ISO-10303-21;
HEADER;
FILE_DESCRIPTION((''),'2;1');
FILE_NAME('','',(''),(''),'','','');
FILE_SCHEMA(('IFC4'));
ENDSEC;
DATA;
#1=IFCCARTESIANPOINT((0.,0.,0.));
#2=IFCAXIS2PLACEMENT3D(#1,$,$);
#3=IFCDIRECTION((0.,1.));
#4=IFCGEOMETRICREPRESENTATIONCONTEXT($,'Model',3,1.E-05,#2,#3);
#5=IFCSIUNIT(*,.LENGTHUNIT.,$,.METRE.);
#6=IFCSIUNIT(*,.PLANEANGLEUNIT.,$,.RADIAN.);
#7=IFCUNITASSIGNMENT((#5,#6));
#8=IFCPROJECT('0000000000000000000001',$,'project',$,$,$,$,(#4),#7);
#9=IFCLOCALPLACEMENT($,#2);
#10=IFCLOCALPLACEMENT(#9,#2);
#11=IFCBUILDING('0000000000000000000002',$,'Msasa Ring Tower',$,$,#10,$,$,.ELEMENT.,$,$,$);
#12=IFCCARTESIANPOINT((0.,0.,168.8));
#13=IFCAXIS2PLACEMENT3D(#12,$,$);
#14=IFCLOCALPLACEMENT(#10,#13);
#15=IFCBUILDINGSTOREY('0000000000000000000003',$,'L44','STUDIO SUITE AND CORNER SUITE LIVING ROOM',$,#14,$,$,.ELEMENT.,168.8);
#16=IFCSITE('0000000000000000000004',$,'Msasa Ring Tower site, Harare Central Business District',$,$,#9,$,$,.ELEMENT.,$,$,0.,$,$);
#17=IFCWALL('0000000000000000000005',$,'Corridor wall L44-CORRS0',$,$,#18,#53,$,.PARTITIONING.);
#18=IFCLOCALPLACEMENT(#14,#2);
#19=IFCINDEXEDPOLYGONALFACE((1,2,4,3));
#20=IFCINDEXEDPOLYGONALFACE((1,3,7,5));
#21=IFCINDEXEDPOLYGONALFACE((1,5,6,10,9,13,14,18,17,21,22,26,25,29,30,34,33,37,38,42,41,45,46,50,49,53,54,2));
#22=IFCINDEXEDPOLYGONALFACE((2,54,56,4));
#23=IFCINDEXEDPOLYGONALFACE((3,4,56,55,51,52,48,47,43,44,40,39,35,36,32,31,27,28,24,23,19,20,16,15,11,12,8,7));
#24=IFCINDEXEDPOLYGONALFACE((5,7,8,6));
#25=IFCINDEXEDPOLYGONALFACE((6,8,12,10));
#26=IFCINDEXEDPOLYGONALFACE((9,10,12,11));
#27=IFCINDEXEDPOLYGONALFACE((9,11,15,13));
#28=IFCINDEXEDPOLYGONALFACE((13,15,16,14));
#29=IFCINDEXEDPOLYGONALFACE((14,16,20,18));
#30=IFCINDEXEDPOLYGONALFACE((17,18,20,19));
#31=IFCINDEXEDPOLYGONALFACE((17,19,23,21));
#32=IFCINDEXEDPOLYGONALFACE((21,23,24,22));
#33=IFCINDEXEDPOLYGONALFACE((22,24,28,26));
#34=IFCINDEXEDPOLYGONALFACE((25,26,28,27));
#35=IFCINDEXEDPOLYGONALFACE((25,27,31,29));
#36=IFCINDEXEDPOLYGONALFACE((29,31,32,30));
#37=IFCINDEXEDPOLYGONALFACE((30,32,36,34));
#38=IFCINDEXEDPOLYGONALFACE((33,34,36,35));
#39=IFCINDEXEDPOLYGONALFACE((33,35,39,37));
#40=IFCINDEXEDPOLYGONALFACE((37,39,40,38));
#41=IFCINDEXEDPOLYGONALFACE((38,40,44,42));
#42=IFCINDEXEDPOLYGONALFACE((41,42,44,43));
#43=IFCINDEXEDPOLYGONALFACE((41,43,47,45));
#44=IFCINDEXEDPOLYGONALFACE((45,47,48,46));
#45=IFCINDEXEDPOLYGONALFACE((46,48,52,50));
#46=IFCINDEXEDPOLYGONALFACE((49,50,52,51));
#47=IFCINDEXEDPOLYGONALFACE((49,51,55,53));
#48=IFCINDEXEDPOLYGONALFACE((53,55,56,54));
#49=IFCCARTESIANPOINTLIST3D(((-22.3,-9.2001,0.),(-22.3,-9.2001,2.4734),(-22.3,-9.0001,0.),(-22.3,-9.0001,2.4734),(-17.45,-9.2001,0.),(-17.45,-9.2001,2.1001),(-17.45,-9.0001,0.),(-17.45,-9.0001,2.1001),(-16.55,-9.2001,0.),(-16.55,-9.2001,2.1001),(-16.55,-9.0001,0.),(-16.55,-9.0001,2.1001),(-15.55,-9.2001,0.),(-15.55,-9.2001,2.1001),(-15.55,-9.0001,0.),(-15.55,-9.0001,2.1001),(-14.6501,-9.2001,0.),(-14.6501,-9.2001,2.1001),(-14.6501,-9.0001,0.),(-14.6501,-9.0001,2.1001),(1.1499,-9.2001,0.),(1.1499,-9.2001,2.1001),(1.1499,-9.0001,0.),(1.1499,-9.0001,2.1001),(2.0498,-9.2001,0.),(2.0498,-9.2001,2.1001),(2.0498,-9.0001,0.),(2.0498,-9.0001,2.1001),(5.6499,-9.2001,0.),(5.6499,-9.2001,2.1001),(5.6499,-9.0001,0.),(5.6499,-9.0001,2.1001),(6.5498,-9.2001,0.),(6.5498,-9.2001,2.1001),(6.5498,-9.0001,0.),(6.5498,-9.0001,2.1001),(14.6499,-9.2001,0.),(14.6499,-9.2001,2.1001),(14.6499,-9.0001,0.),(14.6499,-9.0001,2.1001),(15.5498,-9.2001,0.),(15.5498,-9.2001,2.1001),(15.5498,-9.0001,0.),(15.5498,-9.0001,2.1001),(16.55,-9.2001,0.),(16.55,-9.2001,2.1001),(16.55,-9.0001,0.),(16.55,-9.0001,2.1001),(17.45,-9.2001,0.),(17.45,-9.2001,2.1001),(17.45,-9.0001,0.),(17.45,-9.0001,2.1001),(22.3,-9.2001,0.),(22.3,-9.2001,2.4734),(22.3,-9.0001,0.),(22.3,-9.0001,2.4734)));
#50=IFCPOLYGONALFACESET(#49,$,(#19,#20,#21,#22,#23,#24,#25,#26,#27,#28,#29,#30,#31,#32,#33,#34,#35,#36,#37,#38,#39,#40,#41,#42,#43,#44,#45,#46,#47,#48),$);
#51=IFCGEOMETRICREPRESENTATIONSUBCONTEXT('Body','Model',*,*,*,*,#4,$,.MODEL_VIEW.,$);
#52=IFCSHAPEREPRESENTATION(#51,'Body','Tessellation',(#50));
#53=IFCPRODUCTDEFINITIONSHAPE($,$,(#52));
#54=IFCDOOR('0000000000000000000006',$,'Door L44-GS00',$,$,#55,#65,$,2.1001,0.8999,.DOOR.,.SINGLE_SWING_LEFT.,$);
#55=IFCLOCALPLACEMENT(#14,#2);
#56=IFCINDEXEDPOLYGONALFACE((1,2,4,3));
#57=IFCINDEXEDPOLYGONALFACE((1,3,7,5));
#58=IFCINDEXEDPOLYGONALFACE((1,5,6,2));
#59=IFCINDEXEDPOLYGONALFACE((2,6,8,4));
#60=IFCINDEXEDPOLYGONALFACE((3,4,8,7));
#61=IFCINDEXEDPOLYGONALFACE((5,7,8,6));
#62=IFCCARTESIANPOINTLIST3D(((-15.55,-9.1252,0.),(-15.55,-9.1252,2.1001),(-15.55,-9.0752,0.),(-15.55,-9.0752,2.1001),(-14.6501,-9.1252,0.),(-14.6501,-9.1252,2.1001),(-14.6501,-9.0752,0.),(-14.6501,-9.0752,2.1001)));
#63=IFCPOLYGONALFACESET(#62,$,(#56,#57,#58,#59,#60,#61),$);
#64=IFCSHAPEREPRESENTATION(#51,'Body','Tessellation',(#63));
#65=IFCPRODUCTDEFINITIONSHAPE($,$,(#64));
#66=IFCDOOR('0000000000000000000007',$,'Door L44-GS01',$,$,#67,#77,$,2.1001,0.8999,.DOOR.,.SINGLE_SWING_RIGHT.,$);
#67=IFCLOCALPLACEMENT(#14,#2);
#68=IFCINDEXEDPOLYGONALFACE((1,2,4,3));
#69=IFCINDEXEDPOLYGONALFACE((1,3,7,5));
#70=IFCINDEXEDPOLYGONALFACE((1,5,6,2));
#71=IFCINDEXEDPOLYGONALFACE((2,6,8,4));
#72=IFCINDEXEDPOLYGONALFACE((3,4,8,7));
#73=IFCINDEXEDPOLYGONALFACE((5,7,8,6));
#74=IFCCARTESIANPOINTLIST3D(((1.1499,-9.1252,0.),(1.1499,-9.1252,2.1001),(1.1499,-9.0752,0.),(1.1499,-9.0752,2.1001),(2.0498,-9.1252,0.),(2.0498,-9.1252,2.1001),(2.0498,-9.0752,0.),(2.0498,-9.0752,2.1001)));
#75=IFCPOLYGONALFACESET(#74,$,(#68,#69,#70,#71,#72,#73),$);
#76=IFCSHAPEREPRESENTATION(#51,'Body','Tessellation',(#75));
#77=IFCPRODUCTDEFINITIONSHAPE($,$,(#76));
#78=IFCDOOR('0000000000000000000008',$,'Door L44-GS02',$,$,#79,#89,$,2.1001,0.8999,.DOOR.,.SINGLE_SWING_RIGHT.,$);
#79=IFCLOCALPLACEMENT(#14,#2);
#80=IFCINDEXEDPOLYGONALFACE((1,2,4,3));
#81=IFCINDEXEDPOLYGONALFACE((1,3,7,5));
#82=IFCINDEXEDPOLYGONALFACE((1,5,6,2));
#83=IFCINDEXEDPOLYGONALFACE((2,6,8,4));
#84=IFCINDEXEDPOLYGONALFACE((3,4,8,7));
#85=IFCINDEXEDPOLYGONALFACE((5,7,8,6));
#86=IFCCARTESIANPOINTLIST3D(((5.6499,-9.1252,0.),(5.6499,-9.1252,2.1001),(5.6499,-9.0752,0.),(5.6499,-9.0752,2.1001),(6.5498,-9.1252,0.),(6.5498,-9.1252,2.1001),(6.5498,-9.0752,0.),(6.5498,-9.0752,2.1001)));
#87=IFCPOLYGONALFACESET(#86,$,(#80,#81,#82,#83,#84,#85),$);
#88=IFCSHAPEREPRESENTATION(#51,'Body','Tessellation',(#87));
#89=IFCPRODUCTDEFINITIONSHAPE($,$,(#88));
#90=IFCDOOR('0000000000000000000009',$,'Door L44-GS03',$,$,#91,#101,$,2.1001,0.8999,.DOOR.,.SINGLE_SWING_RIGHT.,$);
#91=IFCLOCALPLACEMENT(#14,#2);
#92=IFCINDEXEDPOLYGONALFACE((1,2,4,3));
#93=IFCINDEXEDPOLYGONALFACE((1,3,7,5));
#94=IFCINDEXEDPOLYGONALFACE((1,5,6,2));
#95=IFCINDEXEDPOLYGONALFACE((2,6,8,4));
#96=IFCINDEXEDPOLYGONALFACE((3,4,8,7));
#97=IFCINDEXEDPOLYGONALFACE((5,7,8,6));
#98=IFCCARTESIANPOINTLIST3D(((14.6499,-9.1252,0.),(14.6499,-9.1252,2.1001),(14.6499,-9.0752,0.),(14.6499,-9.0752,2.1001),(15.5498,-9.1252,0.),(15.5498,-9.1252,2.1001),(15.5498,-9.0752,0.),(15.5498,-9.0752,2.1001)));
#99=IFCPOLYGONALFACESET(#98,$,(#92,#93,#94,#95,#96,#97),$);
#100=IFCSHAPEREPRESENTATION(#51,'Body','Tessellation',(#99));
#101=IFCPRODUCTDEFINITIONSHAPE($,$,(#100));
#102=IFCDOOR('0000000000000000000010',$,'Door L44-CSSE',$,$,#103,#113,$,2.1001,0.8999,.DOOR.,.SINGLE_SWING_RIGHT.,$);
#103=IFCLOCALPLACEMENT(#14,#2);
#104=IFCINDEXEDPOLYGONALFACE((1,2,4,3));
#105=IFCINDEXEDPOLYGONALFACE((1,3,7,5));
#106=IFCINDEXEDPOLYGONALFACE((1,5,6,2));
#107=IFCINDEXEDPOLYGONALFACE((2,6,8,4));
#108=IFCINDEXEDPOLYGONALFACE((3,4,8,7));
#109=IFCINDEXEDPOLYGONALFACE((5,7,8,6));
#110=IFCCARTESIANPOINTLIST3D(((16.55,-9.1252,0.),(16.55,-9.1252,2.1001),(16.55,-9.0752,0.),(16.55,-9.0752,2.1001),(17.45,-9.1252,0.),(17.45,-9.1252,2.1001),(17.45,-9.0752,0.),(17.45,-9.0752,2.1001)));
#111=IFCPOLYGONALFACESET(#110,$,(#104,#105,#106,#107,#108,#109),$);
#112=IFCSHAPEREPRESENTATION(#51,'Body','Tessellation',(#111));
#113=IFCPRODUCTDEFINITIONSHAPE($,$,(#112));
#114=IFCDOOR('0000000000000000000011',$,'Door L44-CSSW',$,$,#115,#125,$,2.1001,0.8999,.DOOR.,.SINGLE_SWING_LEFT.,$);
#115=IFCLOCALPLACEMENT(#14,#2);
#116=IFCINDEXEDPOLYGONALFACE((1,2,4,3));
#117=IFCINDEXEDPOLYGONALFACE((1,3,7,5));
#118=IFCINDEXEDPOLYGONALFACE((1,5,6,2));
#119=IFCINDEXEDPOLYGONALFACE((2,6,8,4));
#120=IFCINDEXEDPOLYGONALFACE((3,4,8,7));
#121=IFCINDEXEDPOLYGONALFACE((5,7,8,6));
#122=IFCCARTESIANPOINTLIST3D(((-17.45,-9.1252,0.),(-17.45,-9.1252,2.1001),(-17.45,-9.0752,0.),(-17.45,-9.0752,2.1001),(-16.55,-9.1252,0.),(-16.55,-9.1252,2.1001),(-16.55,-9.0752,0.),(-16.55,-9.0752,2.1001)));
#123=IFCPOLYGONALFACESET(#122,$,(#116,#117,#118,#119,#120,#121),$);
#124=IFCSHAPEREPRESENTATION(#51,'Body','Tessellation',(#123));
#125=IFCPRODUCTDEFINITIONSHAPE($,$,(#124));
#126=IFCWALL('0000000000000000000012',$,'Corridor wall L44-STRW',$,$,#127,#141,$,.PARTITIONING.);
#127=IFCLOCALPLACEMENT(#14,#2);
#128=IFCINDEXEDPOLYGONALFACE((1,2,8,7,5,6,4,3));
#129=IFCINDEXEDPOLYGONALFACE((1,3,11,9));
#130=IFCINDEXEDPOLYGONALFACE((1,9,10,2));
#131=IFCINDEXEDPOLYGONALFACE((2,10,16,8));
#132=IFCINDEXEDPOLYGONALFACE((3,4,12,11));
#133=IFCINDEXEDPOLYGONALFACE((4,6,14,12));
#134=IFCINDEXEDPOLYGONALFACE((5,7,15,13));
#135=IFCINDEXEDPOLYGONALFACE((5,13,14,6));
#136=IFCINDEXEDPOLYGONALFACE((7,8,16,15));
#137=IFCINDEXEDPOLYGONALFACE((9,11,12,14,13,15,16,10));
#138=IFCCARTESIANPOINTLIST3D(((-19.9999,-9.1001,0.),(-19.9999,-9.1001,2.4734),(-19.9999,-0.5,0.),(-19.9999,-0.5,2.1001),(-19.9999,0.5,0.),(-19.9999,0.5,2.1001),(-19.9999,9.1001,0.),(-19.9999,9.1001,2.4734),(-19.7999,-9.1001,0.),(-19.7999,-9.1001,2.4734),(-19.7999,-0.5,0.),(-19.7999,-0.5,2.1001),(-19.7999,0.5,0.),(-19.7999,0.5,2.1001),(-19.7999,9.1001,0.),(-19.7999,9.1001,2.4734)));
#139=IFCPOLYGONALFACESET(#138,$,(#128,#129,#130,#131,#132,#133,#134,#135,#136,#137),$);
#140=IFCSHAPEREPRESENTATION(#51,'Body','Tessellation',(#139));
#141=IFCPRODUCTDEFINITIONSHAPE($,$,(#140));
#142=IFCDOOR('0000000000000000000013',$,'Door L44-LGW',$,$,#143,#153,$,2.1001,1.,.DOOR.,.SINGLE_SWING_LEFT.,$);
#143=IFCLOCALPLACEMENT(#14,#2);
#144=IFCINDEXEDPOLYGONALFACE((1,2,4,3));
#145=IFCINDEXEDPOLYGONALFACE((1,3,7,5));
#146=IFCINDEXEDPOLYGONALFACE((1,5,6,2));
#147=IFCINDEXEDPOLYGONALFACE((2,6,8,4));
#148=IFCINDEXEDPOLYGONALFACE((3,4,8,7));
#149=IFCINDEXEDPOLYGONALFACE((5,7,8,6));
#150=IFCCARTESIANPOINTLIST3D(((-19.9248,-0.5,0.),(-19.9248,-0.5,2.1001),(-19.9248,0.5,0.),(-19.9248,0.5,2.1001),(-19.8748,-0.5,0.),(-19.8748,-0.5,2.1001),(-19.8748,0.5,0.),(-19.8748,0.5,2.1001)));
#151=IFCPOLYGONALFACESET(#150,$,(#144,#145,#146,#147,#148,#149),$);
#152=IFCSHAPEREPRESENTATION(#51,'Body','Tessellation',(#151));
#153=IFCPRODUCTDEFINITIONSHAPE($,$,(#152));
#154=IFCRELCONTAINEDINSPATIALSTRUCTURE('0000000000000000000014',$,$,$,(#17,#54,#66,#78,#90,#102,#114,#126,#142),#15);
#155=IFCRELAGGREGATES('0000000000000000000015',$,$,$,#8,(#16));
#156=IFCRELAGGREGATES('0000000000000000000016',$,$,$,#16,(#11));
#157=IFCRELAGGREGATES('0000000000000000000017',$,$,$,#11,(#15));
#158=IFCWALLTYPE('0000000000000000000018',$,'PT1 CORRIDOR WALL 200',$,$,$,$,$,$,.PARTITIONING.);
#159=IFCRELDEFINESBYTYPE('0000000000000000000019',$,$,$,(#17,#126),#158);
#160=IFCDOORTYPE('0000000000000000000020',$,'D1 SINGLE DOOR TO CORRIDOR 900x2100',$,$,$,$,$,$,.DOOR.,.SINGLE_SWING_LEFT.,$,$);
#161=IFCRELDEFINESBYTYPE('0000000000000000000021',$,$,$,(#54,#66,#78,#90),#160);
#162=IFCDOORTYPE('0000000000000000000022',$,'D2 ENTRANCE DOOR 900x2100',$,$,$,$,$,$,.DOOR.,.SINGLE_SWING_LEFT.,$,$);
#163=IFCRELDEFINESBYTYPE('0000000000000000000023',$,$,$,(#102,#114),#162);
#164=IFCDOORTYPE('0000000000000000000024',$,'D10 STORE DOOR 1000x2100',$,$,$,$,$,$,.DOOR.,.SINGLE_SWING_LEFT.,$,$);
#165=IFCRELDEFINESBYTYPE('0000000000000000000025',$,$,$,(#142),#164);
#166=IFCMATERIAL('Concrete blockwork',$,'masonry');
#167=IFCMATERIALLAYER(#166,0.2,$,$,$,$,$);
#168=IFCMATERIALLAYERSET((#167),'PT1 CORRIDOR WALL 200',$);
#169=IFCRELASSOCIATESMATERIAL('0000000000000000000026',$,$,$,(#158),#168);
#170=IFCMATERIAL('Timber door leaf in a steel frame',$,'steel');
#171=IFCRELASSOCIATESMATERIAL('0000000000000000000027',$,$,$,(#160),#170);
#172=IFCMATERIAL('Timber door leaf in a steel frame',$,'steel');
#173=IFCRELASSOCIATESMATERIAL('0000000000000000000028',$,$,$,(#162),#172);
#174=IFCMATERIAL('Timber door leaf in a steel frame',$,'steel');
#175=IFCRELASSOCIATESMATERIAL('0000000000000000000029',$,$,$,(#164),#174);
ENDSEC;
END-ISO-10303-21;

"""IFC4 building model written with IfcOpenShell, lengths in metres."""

from ifc_helpers import new_model, si_unit, direction, frame, frame_2d, origin, place, context, subcontext, project, spatial, rectangle, extrude, material, layer, layer_set, type_object, element, fill, save


model = new_model("IFC4")

# Units and contexts
model_context = context("Model", 3, precision=1e-05, world=origin(), true_north=direction((0.0, 1.0)))
body_context = subcontext(model_context, "Body", "Model", "MODEL_VIEW")
ifc_project = project(units=[si_unit("LENGTHUNIT", "METRE"), si_unit("PLANEANGLEUNIT", "RADIAN")], contexts=[model_context])

# Site, building, storey
site_placement = place(None, origin())
site = spatial("IfcSite", under=ifc_project, at=site_placement, Name="Msasa Ring Tower site, Harare Central Business District", CompositionType="ELEMENT", RefElevation=0.0)
building_placement = place(site_placement, origin())
building = spatial("IfcBuilding", under=site, at=building_placement, Name="Msasa Ring Tower", CompositionType="ELEMENT")
storey_placement = place(building_placement, frame((0.0, 0.0, 168.8)))
storey = spatial("IfcBuildingStorey", under=building, at=storey_placement, Name="L44", Description="STUDIO SUITE AND CORNER SUITE LIVING ROOM", CompositionType="ELEMENT", Elevation=168.8)

# Wall, openings, doors
ifc_material_1 = material(Name="Concrete blockwork", Category="masonry")
ifc_layer_1 = layer(ifc_material_1, 0.2)
ifc_layer_set_1 = layer_set([ifc_layer_1], Name="PT1 CORRIDOR WALL 200")
wall_type_1 = type_object("IfcWallType", Name="PT1 CORRIDOR WALL 200", PredefinedType="PARTITIONING", material=ifc_layer_set_1)
wall_1_placement = place(storey_placement, frame((-22.3, -9.1001, 0.0), z_axis=(0.0, 0.0, 1.0), x_axis=(1.0, 0.0, 0.0)))
wall_1 = element("IfcWall", 1, at=wall_1_placement, inside=storey, type_object=wall_type_1, Name="Corridor wall L44-CORRS0", PredefinedType="PARTITIONING", context=body_context, shape_type="SweptSolid", body=[
    extrude(rectangle(XDim=44.6001, YDim=0.2, at=frame_2d((22.3, 0.0))), origin(), (0.0, 0.0, 1.0), 2.4734),
])
opening_1_placement = place(wall_1_placement, frame((6.75, 0.0, 0.0)))
opening_1 = element("IfcOpeningElement", 2, at=opening_1_placement, cuts=wall_1, PredefinedType="OPENING", context=body_context, shape_type="SweptSolid", body=[
    extrude(rectangle(XDim=0.8999, YDim=2.1001, at=frame_2d((0.45, 1.05))), frame((0.0, 0.1099, 0.0), z_axis=(0.0, -1.0, 0.0), x_axis=(1.0, 0.0, 0.0)), (0.0, 0.0, 1.0), 0.22),
])
opening_2_placement = place(wall_1_placement, frame((23.45, 0.0, 0.0)))
opening_2 = element("IfcOpeningElement", 3, at=opening_2_placement, cuts=wall_1, PredefinedType="OPENING", context=body_context, shape_type="SweptSolid", body=[
    extrude(rectangle(XDim=0.8999, YDim=2.1001, at=frame_2d((0.45, 1.05))), frame((0.0, 0.1099, 0.0), z_axis=(0.0, -1.0, 0.0), x_axis=(1.0, 0.0, 0.0)), (0.0, 0.0, 1.0), 0.22),
])
opening_3_placement = place(wall_1_placement, frame((27.95, 0.0, 0.0)))
opening_3 = element("IfcOpeningElement", 4, at=opening_3_placement, cuts=wall_1, PredefinedType="OPENING", context=body_context, shape_type="SweptSolid", body=[
    extrude(rectangle(XDim=0.8999, YDim=2.1001, at=frame_2d((0.45, 1.05))), frame((0.0, 0.1099, 0.0), z_axis=(0.0, -1.0, 0.0), x_axis=(1.0, 0.0, 0.0)), (0.0, 0.0, 1.0), 0.22),
])
opening_4_placement = place(wall_1_placement, frame((36.95, 0.0, 0.0)))
opening_4 = element("IfcOpeningElement", 5, at=opening_4_placement, cuts=wall_1, PredefinedType="OPENING", context=body_context, shape_type="SweptSolid", body=[
    extrude(rectangle(XDim=0.8999, YDim=2.1001, at=frame_2d((0.45, 1.05))), frame((0.0, 0.1099, 0.0), z_axis=(0.0, -1.0, 0.0), x_axis=(1.0, 0.0, 0.0)), (0.0, 0.0, 1.0), 0.22),
])
opening_5_placement = place(wall_1_placement, frame((38.8501, 0.0, 0.0)))
opening_5 = element("IfcOpeningElement", 6, at=opening_5_placement, cuts=wall_1, PredefinedType="OPENING", context=body_context, shape_type="SweptSolid", body=[
    extrude(rectangle(XDim=0.8999, YDim=2.1001, at=frame_2d((0.45, 1.05))), frame((0.0, 0.1099, 0.0), z_axis=(0.0, -1.0, 0.0), x_axis=(1.0, 0.0, 0.0)), (0.0, 0.0, 1.0), 0.22),
])
opening_6_placement = place(wall_1_placement, frame((4.8501, 0.0, 0.0)))
opening_6 = element("IfcOpeningElement", 7, at=opening_6_placement, cuts=wall_1, PredefinedType="OPENING", context=body_context, shape_type="SweptSolid", body=[
    extrude(rectangle(XDim=0.8999, YDim=2.1001, at=frame_2d((0.45, 1.05))), frame((0.0, 0.1099, 0.0), z_axis=(0.0, -1.0, 0.0), x_axis=(1.0, 0.0, 0.0)), (0.0, 0.0, 1.0), 0.22),
])
ifc_material_2 = material(Name="Timber door leaf in a steel frame", Category="steel")
door_type_1 = type_object("IfcDoorType", Name="D1 SINGLE DOOR TO CORRIDOR 900x2100", OperationType="SINGLE_SWING_LEFT", PredefinedType="DOOR", material=ifc_material_2)
door_1_placement = place(opening_1_placement, origin())
door_1 = element("IfcDoor", 8, at=door_1_placement, inside=storey, type_object=door_type_1, Name="Door L44-GS00", OperationType="SINGLE_SWING_LEFT", OverallHeight=2.1001, OverallWidth=0.8999, PredefinedType="DOOR", context=body_context, shape_type="SweptSolid", body=[
    extrude(rectangle(XDim=0.8999, YDim=2.1001, at=frame_2d((0.45, 1.05))), frame((0.0, 0.0249, 0.0), z_axis=(0.0, -1.0, 0.0), x_axis=(1.0, 0.0, 0.0)), (0.0, 0.0, 1.0), 0.05),
])
fill(opening_1, door_1)
door_2_placement = place(opening_2_placement, origin())
door_2 = element("IfcDoor", 9, at=door_2_placement, inside=storey, type_object=door_type_1, Name="Door L44-GS01", OperationType="SINGLE_SWING_RIGHT", OverallHeight=2.1001, OverallWidth=0.8999, PredefinedType="DOOR", context=body_context, shape_type="SweptSolid", body=[
    extrude(rectangle(XDim=0.8999, YDim=2.1001, at=frame_2d((0.45, 1.05))), frame((0.0, 0.0249, 0.0), z_axis=(0.0, -1.0, 0.0), x_axis=(1.0, 0.0, 0.0)), (0.0, 0.0, 1.0), 0.05),
])
fill(opening_2, door_2)
door_3_placement = place(opening_3_placement, origin())
door_3 = element("IfcDoor", 10, at=door_3_placement, inside=storey, type_object=door_type_1, Name="Door L44-GS02", OperationType="SINGLE_SWING_RIGHT", OverallHeight=2.1001, OverallWidth=0.8999, PredefinedType="DOOR", context=body_context, shape_type="SweptSolid", body=[
    extrude(rectangle(XDim=0.8999, YDim=2.1001, at=frame_2d((0.45, 1.05))), frame((0.0, 0.0249, 0.0), z_axis=(0.0, -1.0, 0.0), x_axis=(1.0, 0.0, 0.0)), (0.0, 0.0, 1.0), 0.05),
])
fill(opening_3, door_3)
door_4_placement = place(opening_4_placement, origin())
door_4 = element("IfcDoor", 11, at=door_4_placement, inside=storey, type_object=door_type_1, Name="Door L44-GS03", OperationType="SINGLE_SWING_RIGHT", OverallHeight=2.1001, OverallWidth=0.8999, PredefinedType="DOOR", context=body_context, shape_type="SweptSolid", body=[
    extrude(rectangle(XDim=0.8999, YDim=2.1001, at=frame_2d((0.45, 1.05))), frame((0.0, 0.0249, 0.0), z_axis=(0.0, -1.0, 0.0), x_axis=(1.0, 0.0, 0.0)), (0.0, 0.0, 1.0), 0.05),
])
fill(opening_4, door_4)
ifc_material_3 = material(Name="Timber door leaf in a steel frame", Category="steel")
door_type_2 = type_object("IfcDoorType", Name="D2 ENTRANCE DOOR 900x2100", OperationType="SINGLE_SWING_LEFT", PredefinedType="DOOR", material=ifc_material_3)
door_5_placement = place(opening_5_placement, origin())
door_5 = element("IfcDoor", 12, at=door_5_placement, inside=storey, type_object=door_type_2, Name="Door L44-CSSE", OperationType="SINGLE_SWING_RIGHT", OverallHeight=2.1001, OverallWidth=0.8999, PredefinedType="DOOR", context=body_context, shape_type="SweptSolid", body=[
    extrude(rectangle(XDim=0.8999, YDim=2.1001, at=frame_2d((0.45, 1.05))), frame((0.0, 0.0249, 0.0), z_axis=(0.0, -1.0, 0.0), x_axis=(1.0, 0.0, 0.0)), (0.0, 0.0, 1.0), 0.05),
])
fill(opening_5, door_5)
door_6_placement = place(opening_6_placement, origin())
door_6 = element("IfcDoor", 13, at=door_6_placement, inside=storey, type_object=door_type_2, Name="Door L44-CSSW", OperationType="SINGLE_SWING_LEFT", OverallHeight=2.1001, OverallWidth=0.8999, PredefinedType="DOOR", context=body_context, shape_type="SweptSolid", body=[
    extrude(rectangle(XDim=0.8999, YDim=2.1001, at=frame_2d((0.45, 1.05))), frame((0.0, 0.0249, 0.0), z_axis=(0.0, -1.0, 0.0), x_axis=(1.0, 0.0, 0.0)), (0.0, 0.0, 1.0), 0.05),
])
fill(opening_6, door_6)

# Wall, opening, door
wall_2_placement = place(storey_placement, frame((-19.8999, -9.1001, 0.0), z_axis=(0.0, 0.0, 1.0), x_axis=(0.0, 1.0, 0.0)))
wall_2 = element("IfcWall", 14, at=wall_2_placement, inside=storey, type_object=wall_type_1, Name="Corridor wall L44-STRW", PredefinedType="PARTITIONING", context=body_context, shape_type="SweptSolid", body=[
    extrude(rectangle(XDim=18.2002, YDim=0.2, at=frame_2d((9.1001, 0.0))), origin(), (0.0, 0.0, 1.0), 2.4734),
])
opening_7_placement = place(wall_2_placement, frame((8.6001, 0.0, 0.0)))
opening_7 = element("IfcOpeningElement", 15, at=opening_7_placement, cuts=wall_2, PredefinedType="OPENING", context=body_context, shape_type="SweptSolid", body=[
    extrude(rectangle(XDim=1.0, YDim=2.1001, at=frame_2d((0.5, 1.05))), frame((0.0, 0.1099, 0.0), z_axis=(0.0, -1.0, 0.0), x_axis=(1.0, 0.0, 0.0)), (0.0, 0.0, 1.0), 0.22),
])
ifc_material_4 = material(Name="Timber door leaf in a steel frame", Category="steel")
door_type_3 = type_object("IfcDoorType", Name="D10 STORE DOOR 1000x2100", OperationType="SINGLE_SWING_LEFT", PredefinedType="DOOR", material=ifc_material_4)
door_7_placement = place(opening_7_placement, origin())
door_7 = element("IfcDoor", 16, at=door_7_placement, inside=storey, type_object=door_type_3, Name="Door L44-LGW", OperationType="SINGLE_SWING_LEFT", OverallHeight=2.1001, OverallWidth=1.0, PredefinedType="DOOR", context=body_context, shape_type="SweptSolid", body=[
    extrude(rectangle(XDim=1.0, YDim=2.1001, at=frame_2d((0.5, 1.05))), frame((0.0, 0.0249, 0.0), z_axis=(0.0, -1.0, 0.0), x_axis=(1.0, 0.0, 0.0)), (0.0, 0.0, 1.0), 0.05),
])
fill(opening_7, door_7)

save(model, "model.ifc")
